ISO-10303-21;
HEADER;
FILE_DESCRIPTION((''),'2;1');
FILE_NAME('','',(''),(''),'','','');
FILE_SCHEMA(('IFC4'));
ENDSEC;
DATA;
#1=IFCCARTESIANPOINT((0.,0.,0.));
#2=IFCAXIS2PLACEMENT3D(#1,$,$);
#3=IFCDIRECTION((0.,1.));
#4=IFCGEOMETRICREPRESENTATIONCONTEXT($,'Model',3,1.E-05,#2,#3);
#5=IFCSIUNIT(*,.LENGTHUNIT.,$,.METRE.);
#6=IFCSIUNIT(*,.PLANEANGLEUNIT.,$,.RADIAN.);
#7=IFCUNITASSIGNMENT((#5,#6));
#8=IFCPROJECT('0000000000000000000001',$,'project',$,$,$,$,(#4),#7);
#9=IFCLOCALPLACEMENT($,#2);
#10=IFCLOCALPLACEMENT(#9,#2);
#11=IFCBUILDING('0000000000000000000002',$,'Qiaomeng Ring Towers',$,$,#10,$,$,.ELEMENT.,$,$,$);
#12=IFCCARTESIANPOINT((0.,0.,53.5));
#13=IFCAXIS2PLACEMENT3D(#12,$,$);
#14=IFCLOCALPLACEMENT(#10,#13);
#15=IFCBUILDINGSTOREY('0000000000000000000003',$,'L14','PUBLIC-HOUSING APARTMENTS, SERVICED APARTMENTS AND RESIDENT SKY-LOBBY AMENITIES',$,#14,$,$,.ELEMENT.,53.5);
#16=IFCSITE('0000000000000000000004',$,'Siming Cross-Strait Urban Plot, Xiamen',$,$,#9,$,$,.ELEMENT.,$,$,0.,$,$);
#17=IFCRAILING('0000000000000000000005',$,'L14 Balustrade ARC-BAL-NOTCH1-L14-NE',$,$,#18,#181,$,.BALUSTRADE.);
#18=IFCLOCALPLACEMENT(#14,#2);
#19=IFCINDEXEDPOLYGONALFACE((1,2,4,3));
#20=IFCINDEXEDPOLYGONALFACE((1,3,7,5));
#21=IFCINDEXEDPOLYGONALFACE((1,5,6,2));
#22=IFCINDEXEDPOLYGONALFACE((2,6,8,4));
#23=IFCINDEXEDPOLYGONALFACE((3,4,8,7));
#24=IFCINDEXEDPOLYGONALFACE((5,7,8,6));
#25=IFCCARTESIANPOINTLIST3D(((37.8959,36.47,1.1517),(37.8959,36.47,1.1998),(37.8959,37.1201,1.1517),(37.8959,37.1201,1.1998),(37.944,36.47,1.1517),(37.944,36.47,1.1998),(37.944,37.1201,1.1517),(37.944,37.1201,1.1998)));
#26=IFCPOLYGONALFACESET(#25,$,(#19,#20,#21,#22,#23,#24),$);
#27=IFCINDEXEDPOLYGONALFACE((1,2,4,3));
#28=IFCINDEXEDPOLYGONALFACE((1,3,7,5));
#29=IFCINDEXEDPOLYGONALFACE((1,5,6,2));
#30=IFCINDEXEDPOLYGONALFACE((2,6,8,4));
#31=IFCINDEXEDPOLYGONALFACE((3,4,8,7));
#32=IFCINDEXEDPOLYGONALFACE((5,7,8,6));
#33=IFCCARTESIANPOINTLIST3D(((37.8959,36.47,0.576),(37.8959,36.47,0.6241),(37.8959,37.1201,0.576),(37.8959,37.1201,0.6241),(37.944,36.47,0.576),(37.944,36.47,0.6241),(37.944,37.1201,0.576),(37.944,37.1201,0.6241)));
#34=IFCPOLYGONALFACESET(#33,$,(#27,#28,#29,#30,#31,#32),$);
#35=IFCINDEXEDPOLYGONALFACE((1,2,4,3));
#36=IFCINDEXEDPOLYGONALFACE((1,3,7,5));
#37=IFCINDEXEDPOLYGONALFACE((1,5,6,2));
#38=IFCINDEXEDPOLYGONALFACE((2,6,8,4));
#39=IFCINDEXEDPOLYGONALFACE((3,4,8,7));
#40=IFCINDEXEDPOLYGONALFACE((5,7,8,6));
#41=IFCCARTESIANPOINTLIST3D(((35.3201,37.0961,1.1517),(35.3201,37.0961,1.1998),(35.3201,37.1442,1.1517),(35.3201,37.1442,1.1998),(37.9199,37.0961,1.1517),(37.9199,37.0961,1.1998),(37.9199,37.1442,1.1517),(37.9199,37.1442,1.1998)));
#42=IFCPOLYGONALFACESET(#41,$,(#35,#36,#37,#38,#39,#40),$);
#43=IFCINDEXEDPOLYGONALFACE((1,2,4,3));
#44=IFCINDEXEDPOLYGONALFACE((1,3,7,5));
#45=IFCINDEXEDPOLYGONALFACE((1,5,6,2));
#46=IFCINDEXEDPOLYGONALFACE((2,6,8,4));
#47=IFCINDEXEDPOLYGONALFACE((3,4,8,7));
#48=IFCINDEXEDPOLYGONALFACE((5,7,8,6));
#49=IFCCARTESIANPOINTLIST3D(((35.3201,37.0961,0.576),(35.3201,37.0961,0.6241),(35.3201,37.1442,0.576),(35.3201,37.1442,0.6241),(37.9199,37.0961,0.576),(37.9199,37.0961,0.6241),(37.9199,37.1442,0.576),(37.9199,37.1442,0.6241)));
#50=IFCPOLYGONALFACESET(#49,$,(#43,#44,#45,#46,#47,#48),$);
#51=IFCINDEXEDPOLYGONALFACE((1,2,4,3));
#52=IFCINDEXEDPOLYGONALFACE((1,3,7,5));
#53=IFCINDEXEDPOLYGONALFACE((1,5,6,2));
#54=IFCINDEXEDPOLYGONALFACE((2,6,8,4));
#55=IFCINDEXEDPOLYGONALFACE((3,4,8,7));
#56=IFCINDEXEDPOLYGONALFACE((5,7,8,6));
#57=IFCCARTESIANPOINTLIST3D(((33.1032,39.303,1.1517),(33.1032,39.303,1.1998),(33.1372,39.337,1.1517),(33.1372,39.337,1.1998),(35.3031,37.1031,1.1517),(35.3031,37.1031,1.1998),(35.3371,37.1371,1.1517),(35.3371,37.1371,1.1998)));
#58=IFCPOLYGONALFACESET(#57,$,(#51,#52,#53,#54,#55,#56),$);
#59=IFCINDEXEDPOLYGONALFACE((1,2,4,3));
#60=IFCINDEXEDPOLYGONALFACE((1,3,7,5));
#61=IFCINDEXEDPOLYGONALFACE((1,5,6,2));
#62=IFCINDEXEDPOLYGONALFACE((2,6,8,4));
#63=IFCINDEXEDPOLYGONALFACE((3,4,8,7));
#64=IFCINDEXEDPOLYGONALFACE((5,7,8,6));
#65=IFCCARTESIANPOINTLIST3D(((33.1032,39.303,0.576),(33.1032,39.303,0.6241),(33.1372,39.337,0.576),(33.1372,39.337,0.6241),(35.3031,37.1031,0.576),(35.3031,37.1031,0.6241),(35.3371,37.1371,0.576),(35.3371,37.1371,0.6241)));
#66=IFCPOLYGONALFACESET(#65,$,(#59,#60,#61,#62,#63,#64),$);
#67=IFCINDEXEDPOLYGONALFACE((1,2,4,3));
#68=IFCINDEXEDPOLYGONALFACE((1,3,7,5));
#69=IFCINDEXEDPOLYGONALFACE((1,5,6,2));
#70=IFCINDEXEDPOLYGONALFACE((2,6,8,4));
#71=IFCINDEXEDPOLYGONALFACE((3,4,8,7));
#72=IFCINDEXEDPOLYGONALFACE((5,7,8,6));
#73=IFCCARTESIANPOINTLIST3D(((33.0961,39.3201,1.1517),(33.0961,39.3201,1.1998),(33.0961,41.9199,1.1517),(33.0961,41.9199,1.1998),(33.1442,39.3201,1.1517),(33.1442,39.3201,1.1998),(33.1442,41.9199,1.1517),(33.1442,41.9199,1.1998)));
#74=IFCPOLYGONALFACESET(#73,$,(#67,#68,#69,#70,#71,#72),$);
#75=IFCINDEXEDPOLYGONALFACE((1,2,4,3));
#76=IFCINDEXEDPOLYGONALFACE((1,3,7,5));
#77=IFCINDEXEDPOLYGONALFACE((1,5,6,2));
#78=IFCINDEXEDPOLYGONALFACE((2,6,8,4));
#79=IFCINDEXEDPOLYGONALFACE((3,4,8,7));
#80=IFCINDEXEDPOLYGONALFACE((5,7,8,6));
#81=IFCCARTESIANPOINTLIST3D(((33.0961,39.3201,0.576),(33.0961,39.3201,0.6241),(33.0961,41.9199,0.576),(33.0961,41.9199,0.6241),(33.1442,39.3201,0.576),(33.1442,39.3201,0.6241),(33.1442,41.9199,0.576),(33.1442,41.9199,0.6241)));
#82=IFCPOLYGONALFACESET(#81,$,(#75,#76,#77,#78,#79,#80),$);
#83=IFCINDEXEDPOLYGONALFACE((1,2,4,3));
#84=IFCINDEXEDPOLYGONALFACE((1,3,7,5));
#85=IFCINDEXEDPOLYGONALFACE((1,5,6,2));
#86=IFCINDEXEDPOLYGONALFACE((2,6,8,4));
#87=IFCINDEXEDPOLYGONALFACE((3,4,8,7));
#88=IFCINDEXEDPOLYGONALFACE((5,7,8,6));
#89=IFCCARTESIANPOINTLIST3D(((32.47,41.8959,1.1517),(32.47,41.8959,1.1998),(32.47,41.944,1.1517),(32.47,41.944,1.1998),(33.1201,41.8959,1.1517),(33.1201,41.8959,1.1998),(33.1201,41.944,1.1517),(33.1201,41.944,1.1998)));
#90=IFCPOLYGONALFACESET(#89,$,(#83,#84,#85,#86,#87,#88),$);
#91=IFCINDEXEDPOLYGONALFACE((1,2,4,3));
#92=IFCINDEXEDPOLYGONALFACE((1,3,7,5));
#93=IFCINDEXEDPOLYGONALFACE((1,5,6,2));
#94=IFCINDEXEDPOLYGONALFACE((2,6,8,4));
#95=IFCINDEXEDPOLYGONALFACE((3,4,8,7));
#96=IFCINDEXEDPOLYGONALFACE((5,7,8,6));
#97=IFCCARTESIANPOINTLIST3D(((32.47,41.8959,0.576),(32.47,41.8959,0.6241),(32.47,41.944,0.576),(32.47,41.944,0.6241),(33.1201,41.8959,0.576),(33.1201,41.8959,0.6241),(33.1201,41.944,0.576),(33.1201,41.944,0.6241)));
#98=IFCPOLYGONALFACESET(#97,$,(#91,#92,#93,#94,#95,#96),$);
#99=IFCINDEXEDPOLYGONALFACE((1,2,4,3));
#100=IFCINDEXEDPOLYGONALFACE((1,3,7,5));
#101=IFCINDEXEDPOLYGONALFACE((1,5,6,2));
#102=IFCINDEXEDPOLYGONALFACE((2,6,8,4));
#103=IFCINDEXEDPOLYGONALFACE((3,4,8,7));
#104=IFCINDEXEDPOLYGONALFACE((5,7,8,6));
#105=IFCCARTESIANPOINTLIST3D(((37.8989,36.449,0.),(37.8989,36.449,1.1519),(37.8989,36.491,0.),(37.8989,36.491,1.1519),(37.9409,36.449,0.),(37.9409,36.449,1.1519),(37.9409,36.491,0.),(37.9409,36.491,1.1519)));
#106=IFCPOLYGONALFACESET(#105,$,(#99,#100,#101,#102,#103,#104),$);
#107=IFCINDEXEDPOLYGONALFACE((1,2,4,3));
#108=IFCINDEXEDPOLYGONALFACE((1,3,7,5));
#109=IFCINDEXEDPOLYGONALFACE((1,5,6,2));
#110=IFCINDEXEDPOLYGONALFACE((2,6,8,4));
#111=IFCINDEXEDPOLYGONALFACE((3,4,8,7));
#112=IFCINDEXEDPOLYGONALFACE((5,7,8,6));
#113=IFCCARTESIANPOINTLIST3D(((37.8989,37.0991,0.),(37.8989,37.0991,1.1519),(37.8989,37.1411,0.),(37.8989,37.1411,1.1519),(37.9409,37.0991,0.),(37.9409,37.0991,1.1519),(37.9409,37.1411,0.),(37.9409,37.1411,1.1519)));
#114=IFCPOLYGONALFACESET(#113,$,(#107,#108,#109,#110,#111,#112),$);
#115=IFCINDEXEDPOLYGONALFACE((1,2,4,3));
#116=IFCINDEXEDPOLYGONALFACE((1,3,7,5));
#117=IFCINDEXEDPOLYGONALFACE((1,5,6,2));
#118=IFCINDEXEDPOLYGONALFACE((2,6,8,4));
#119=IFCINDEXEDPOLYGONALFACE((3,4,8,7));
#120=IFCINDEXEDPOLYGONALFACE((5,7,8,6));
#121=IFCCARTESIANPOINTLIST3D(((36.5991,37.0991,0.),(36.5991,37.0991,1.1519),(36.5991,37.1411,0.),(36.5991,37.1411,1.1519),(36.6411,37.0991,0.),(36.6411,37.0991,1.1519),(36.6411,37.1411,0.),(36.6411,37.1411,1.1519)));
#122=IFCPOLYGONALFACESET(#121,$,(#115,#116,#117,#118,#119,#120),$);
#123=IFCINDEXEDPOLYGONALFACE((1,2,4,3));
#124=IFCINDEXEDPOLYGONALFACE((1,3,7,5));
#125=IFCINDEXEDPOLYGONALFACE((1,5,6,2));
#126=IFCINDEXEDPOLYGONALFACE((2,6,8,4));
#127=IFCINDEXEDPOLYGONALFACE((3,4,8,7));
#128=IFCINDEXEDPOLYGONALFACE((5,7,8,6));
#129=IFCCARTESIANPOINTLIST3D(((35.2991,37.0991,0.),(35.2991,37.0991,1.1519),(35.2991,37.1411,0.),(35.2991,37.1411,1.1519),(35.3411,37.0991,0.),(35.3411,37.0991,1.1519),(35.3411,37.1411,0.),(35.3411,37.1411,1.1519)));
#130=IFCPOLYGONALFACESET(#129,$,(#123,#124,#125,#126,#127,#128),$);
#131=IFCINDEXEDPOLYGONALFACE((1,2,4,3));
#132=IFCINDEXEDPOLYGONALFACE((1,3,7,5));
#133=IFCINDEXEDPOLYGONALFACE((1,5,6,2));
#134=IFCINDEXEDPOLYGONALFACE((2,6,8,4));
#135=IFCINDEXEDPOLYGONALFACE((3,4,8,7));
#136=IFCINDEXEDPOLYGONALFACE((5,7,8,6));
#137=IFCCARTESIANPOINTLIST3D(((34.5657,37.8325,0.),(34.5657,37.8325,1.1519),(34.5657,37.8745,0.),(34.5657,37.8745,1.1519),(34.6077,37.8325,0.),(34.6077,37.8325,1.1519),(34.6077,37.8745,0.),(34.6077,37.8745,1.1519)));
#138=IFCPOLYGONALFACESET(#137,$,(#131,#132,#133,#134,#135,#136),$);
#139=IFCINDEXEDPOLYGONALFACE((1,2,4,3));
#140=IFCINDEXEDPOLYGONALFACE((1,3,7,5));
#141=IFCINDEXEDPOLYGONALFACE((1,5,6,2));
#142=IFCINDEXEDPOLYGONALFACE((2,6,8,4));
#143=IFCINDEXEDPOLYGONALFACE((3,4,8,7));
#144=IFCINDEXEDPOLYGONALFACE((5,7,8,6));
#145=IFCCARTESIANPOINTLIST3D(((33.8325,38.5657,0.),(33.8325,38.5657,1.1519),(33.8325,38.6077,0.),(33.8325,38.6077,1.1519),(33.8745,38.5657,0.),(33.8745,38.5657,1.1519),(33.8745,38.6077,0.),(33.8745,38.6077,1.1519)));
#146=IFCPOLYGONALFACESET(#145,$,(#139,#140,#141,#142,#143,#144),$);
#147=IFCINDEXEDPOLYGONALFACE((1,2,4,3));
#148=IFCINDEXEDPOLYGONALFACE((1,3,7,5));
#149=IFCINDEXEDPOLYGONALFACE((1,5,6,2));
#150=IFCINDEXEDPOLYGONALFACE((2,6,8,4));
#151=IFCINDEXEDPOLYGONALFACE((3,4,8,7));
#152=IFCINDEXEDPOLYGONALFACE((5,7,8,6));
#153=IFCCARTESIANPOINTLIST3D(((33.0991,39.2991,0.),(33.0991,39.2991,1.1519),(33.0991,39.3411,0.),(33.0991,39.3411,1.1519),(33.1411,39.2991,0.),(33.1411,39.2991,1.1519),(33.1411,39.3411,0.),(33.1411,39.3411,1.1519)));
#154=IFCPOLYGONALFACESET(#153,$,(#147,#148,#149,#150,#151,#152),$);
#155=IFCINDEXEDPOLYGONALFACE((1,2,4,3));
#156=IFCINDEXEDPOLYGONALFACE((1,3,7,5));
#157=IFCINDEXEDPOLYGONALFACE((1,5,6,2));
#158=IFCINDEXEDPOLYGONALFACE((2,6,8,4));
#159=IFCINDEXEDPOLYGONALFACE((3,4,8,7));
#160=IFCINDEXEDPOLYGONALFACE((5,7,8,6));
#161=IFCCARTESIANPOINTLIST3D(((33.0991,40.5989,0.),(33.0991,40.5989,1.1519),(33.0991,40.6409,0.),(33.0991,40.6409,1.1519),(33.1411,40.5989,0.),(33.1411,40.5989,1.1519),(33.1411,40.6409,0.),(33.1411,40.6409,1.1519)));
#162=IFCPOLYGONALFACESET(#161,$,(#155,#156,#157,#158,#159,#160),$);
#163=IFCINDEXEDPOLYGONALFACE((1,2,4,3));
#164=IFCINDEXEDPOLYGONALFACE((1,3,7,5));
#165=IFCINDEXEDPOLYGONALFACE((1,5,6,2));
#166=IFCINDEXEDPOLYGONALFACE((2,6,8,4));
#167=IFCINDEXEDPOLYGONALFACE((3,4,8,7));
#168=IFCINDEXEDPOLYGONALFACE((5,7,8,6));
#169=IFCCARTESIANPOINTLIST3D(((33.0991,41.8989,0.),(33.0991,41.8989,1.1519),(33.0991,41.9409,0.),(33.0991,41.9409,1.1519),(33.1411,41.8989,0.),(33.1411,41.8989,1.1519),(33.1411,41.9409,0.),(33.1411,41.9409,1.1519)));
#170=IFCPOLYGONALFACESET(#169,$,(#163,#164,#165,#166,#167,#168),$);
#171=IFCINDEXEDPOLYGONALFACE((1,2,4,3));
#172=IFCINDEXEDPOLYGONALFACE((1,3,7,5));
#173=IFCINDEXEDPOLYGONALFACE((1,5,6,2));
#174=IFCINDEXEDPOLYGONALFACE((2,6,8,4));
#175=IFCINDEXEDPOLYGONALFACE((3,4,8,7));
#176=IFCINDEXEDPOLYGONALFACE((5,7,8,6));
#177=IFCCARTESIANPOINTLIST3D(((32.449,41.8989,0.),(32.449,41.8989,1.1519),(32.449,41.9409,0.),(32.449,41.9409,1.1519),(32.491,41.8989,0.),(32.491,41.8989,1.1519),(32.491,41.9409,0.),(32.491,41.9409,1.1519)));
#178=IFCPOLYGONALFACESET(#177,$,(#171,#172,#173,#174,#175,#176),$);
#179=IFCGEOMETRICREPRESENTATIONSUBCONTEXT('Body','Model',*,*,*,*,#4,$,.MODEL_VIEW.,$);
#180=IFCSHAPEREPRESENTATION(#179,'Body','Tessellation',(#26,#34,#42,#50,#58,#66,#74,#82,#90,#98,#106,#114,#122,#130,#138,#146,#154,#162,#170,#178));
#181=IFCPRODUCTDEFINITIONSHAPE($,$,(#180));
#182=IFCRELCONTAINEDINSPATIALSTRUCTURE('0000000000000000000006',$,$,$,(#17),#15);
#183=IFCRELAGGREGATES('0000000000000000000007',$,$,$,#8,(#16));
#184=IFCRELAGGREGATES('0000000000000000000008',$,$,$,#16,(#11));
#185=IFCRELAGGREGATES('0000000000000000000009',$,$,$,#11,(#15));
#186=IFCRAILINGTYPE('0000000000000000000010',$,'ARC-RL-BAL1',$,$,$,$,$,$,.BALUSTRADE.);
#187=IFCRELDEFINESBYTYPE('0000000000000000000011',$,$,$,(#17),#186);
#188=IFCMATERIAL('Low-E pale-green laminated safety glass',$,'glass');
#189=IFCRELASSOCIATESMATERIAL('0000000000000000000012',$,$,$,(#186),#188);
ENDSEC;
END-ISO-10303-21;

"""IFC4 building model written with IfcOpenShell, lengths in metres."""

from ifc_helpers import new_model, si_unit, direction, frame, origin, origin_2d, place, context, subcontext, project, spatial, rectangle, extrude, material, type_object, element, save


model = new_model("IFC4")

# Units and contexts
model_context = context("Model", 3, precision=1e-05, world=origin(), true_north=direction((0.0, 1.0)))
body_context = subcontext(model_context, "Body", "Model", "MODEL_VIEW")
ifc_project = project(units=[si_unit("LENGTHUNIT", "METRE"), si_unit("PLANEANGLEUNIT", "RADIAN")], contexts=[model_context])

# Site, building, storey
site_placement = place(None, origin())
site = spatial("IfcSite", under=ifc_project, at=site_placement, Name="Siming Cross-Strait Urban Plot, Xiamen", CompositionType="ELEMENT", RefElevation=0.0)
building_placement = place(site_placement, origin())
building = spatial("IfcBuilding", under=site, at=building_placement, Name="Qiaomeng Ring Towers", CompositionType="ELEMENT")
storey_placement = place(building_placement, frame((0.0, 0.0, 53.5)))
storey = spatial("IfcBuildingStorey", under=building, at=storey_placement, Name="L14", Description="PUBLIC-HOUSING APARTMENTS, SERVICED APARTMENTS AND RESIDENT SKY-LOBBY AMENITIES", CompositionType="ELEMENT", Elevation=53.5)

# Railing
ifc_material_1 = material(Name="Low-E pale-green laminated safety glass", Category="glass")
railing_type = type_object("IfcRailingType", Name="ARC-RL-BAL1", PredefinedType="BALUSTRADE", material=ifc_material_1)
railing_placement = place(storey_placement, frame((37.9199, 36.47, 0.0)))
element("IfcRailing", 1, at=railing_placement, inside=storey, type_object=railing_type, Name="L14 Balustrade ARC-BAL-NOTCH1-L14-NE", PredefinedType="BALUSTRADE", context=body_context, shape_type="SweptSolid", body=[
    extrude(rectangle(XDim=0.0481, YDim=0.0481, at=origin_2d()), frame((0.0, 0.0, 1.1758), z_axis=(0.0, 1.0, 0.0), x_axis=(-1.0, 0.0, 0.0)), (0.0, 0.0, 1.0), 0.6501),
    extrude(rectangle(XDim=0.0481, YDim=0.0481, at=origin_2d()), frame((0.0, 0.0, 0.6001), z_axis=(0.0, 1.0, 0.0), x_axis=(-1.0, 0.0, 0.0)), (0.0, 0.0, 1.0), 0.6501),
    extrude(rectangle(XDim=0.0481, YDim=0.0481, at=origin_2d()), frame((0.0, 0.6501, 1.1758), z_axis=(-1.0, 0.0, 0.0), x_axis=(0.0, -1.0, 0.0)), (0.0, 0.0, 1.0), 2.5999),
    extrude(rectangle(XDim=0.0481, YDim=0.0481, at=origin_2d()), frame((0.0, 0.6501, 0.6001), z_axis=(-1.0, 0.0, 0.0), x_axis=(0.0, -1.0, 0.0)), (0.0, 0.0, 1.0), 2.5999),
    extrude(rectangle(XDim=0.0481, YDim=0.0481, at=origin_2d()), frame((-2.5999, 0.6501, 1.1758), z_axis=(-0.707107, 0.707107, 0.0), x_axis=(-0.707107, -0.707107, 0.0)), (0.0, 0.0, 1.0), 3.1111),
    extrude(rectangle(XDim=0.0481, YDim=0.0481, at=origin_2d()), frame((-2.5999, 0.6501, 0.6001), z_axis=(-0.707107, 0.707107, 0.0), x_axis=(-0.707107, -0.707107, 0.0)), (0.0, 0.0, 1.0), 3.1111),
    extrude(rectangle(XDim=0.0481, YDim=0.0481, at=origin_2d()), frame((-4.7998, 2.8501, 1.1758), z_axis=(0.0, 1.0, 0.0), x_axis=(-1.0, 0.0, 0.0)), (0.0, 0.0, 1.0), 2.5999),
    extrude(rectangle(XDim=0.0481, YDim=0.0481, at=origin_2d()), frame((-4.7998, 2.8501, 0.6001), z_axis=(0.0, 1.0, 0.0), x_axis=(-1.0, 0.0, 0.0)), (0.0, 0.0, 1.0), 2.5999),
    extrude(rectangle(XDim=0.0481, YDim=0.0481, at=origin_2d()), frame((-4.7998, 5.45, 1.1758), z_axis=(-1.0, 0.0, 0.0), x_axis=(0.0, -1.0, 0.0)), (0.0, 0.0, 1.0), 0.6501),
    extrude(rectangle(XDim=0.0481, YDim=0.0481, at=origin_2d()), frame((-4.7998, 5.45, 0.6001), z_axis=(-1.0, 0.0, 0.0), x_axis=(0.0, -1.0, 0.0)), (0.0, 0.0, 1.0), 0.6501),
    extrude(rectangle(XDim=0.042, YDim=0.042, at=origin_2d()), origin(), (0.0, 0.0, 1.0), 1.1519),
    extrude(rectangle(XDim=0.042, YDim=0.042, at=origin_2d()), frame((0.0, 0.6501, 0.0)), (0.0, 0.0, 1.0), 1.1519),
    extrude(rectangle(XDim=0.042, YDim=0.042, at=origin_2d()), frame((-1.2998, 0.6501, 0.0)), (0.0, 0.0, 1.0), 1.1519),
    extrude(rectangle(XDim=0.042, YDim=0.042, at=origin_2d()), frame((-2.5999, 0.6501, 0.0)), (0.0, 0.0, 1.0), 1.1519),
    extrude(rectangle(XDim=0.042, YDim=0.042, at=origin_2d()), frame((-3.3333, 1.3835, 0.0)), (0.0, 0.0, 1.0), 1.1519),
    extrude(rectangle(XDim=0.042, YDim=0.042, at=origin_2d()), frame((-4.0664, 2.1167, 0.0)), (0.0, 0.0, 1.0), 1.1519),
    extrude(rectangle(XDim=0.042, YDim=0.042, at=origin_2d()), frame((-4.7998, 2.8501, 0.0)), (0.0, 0.0, 1.0), 1.1519),
    extrude(rectangle(XDim=0.042, YDim=0.042, at=origin_2d()), frame((-4.7998, 4.1499, 0.0)), (0.0, 0.0, 1.0), 1.1519),
    extrude(rectangle(XDim=0.042, YDim=0.042, at=origin_2d()), frame((-4.7998, 5.45, 0.0)), (0.0, 0.0, 1.0), 1.1519),
    extrude(rectangle(XDim=0.042, YDim=0.042, at=origin_2d()), frame((-5.45, 5.45, 0.0)), (0.0, 0.0, 1.0), 1.1519),
])

save(model, "model.ifc")
